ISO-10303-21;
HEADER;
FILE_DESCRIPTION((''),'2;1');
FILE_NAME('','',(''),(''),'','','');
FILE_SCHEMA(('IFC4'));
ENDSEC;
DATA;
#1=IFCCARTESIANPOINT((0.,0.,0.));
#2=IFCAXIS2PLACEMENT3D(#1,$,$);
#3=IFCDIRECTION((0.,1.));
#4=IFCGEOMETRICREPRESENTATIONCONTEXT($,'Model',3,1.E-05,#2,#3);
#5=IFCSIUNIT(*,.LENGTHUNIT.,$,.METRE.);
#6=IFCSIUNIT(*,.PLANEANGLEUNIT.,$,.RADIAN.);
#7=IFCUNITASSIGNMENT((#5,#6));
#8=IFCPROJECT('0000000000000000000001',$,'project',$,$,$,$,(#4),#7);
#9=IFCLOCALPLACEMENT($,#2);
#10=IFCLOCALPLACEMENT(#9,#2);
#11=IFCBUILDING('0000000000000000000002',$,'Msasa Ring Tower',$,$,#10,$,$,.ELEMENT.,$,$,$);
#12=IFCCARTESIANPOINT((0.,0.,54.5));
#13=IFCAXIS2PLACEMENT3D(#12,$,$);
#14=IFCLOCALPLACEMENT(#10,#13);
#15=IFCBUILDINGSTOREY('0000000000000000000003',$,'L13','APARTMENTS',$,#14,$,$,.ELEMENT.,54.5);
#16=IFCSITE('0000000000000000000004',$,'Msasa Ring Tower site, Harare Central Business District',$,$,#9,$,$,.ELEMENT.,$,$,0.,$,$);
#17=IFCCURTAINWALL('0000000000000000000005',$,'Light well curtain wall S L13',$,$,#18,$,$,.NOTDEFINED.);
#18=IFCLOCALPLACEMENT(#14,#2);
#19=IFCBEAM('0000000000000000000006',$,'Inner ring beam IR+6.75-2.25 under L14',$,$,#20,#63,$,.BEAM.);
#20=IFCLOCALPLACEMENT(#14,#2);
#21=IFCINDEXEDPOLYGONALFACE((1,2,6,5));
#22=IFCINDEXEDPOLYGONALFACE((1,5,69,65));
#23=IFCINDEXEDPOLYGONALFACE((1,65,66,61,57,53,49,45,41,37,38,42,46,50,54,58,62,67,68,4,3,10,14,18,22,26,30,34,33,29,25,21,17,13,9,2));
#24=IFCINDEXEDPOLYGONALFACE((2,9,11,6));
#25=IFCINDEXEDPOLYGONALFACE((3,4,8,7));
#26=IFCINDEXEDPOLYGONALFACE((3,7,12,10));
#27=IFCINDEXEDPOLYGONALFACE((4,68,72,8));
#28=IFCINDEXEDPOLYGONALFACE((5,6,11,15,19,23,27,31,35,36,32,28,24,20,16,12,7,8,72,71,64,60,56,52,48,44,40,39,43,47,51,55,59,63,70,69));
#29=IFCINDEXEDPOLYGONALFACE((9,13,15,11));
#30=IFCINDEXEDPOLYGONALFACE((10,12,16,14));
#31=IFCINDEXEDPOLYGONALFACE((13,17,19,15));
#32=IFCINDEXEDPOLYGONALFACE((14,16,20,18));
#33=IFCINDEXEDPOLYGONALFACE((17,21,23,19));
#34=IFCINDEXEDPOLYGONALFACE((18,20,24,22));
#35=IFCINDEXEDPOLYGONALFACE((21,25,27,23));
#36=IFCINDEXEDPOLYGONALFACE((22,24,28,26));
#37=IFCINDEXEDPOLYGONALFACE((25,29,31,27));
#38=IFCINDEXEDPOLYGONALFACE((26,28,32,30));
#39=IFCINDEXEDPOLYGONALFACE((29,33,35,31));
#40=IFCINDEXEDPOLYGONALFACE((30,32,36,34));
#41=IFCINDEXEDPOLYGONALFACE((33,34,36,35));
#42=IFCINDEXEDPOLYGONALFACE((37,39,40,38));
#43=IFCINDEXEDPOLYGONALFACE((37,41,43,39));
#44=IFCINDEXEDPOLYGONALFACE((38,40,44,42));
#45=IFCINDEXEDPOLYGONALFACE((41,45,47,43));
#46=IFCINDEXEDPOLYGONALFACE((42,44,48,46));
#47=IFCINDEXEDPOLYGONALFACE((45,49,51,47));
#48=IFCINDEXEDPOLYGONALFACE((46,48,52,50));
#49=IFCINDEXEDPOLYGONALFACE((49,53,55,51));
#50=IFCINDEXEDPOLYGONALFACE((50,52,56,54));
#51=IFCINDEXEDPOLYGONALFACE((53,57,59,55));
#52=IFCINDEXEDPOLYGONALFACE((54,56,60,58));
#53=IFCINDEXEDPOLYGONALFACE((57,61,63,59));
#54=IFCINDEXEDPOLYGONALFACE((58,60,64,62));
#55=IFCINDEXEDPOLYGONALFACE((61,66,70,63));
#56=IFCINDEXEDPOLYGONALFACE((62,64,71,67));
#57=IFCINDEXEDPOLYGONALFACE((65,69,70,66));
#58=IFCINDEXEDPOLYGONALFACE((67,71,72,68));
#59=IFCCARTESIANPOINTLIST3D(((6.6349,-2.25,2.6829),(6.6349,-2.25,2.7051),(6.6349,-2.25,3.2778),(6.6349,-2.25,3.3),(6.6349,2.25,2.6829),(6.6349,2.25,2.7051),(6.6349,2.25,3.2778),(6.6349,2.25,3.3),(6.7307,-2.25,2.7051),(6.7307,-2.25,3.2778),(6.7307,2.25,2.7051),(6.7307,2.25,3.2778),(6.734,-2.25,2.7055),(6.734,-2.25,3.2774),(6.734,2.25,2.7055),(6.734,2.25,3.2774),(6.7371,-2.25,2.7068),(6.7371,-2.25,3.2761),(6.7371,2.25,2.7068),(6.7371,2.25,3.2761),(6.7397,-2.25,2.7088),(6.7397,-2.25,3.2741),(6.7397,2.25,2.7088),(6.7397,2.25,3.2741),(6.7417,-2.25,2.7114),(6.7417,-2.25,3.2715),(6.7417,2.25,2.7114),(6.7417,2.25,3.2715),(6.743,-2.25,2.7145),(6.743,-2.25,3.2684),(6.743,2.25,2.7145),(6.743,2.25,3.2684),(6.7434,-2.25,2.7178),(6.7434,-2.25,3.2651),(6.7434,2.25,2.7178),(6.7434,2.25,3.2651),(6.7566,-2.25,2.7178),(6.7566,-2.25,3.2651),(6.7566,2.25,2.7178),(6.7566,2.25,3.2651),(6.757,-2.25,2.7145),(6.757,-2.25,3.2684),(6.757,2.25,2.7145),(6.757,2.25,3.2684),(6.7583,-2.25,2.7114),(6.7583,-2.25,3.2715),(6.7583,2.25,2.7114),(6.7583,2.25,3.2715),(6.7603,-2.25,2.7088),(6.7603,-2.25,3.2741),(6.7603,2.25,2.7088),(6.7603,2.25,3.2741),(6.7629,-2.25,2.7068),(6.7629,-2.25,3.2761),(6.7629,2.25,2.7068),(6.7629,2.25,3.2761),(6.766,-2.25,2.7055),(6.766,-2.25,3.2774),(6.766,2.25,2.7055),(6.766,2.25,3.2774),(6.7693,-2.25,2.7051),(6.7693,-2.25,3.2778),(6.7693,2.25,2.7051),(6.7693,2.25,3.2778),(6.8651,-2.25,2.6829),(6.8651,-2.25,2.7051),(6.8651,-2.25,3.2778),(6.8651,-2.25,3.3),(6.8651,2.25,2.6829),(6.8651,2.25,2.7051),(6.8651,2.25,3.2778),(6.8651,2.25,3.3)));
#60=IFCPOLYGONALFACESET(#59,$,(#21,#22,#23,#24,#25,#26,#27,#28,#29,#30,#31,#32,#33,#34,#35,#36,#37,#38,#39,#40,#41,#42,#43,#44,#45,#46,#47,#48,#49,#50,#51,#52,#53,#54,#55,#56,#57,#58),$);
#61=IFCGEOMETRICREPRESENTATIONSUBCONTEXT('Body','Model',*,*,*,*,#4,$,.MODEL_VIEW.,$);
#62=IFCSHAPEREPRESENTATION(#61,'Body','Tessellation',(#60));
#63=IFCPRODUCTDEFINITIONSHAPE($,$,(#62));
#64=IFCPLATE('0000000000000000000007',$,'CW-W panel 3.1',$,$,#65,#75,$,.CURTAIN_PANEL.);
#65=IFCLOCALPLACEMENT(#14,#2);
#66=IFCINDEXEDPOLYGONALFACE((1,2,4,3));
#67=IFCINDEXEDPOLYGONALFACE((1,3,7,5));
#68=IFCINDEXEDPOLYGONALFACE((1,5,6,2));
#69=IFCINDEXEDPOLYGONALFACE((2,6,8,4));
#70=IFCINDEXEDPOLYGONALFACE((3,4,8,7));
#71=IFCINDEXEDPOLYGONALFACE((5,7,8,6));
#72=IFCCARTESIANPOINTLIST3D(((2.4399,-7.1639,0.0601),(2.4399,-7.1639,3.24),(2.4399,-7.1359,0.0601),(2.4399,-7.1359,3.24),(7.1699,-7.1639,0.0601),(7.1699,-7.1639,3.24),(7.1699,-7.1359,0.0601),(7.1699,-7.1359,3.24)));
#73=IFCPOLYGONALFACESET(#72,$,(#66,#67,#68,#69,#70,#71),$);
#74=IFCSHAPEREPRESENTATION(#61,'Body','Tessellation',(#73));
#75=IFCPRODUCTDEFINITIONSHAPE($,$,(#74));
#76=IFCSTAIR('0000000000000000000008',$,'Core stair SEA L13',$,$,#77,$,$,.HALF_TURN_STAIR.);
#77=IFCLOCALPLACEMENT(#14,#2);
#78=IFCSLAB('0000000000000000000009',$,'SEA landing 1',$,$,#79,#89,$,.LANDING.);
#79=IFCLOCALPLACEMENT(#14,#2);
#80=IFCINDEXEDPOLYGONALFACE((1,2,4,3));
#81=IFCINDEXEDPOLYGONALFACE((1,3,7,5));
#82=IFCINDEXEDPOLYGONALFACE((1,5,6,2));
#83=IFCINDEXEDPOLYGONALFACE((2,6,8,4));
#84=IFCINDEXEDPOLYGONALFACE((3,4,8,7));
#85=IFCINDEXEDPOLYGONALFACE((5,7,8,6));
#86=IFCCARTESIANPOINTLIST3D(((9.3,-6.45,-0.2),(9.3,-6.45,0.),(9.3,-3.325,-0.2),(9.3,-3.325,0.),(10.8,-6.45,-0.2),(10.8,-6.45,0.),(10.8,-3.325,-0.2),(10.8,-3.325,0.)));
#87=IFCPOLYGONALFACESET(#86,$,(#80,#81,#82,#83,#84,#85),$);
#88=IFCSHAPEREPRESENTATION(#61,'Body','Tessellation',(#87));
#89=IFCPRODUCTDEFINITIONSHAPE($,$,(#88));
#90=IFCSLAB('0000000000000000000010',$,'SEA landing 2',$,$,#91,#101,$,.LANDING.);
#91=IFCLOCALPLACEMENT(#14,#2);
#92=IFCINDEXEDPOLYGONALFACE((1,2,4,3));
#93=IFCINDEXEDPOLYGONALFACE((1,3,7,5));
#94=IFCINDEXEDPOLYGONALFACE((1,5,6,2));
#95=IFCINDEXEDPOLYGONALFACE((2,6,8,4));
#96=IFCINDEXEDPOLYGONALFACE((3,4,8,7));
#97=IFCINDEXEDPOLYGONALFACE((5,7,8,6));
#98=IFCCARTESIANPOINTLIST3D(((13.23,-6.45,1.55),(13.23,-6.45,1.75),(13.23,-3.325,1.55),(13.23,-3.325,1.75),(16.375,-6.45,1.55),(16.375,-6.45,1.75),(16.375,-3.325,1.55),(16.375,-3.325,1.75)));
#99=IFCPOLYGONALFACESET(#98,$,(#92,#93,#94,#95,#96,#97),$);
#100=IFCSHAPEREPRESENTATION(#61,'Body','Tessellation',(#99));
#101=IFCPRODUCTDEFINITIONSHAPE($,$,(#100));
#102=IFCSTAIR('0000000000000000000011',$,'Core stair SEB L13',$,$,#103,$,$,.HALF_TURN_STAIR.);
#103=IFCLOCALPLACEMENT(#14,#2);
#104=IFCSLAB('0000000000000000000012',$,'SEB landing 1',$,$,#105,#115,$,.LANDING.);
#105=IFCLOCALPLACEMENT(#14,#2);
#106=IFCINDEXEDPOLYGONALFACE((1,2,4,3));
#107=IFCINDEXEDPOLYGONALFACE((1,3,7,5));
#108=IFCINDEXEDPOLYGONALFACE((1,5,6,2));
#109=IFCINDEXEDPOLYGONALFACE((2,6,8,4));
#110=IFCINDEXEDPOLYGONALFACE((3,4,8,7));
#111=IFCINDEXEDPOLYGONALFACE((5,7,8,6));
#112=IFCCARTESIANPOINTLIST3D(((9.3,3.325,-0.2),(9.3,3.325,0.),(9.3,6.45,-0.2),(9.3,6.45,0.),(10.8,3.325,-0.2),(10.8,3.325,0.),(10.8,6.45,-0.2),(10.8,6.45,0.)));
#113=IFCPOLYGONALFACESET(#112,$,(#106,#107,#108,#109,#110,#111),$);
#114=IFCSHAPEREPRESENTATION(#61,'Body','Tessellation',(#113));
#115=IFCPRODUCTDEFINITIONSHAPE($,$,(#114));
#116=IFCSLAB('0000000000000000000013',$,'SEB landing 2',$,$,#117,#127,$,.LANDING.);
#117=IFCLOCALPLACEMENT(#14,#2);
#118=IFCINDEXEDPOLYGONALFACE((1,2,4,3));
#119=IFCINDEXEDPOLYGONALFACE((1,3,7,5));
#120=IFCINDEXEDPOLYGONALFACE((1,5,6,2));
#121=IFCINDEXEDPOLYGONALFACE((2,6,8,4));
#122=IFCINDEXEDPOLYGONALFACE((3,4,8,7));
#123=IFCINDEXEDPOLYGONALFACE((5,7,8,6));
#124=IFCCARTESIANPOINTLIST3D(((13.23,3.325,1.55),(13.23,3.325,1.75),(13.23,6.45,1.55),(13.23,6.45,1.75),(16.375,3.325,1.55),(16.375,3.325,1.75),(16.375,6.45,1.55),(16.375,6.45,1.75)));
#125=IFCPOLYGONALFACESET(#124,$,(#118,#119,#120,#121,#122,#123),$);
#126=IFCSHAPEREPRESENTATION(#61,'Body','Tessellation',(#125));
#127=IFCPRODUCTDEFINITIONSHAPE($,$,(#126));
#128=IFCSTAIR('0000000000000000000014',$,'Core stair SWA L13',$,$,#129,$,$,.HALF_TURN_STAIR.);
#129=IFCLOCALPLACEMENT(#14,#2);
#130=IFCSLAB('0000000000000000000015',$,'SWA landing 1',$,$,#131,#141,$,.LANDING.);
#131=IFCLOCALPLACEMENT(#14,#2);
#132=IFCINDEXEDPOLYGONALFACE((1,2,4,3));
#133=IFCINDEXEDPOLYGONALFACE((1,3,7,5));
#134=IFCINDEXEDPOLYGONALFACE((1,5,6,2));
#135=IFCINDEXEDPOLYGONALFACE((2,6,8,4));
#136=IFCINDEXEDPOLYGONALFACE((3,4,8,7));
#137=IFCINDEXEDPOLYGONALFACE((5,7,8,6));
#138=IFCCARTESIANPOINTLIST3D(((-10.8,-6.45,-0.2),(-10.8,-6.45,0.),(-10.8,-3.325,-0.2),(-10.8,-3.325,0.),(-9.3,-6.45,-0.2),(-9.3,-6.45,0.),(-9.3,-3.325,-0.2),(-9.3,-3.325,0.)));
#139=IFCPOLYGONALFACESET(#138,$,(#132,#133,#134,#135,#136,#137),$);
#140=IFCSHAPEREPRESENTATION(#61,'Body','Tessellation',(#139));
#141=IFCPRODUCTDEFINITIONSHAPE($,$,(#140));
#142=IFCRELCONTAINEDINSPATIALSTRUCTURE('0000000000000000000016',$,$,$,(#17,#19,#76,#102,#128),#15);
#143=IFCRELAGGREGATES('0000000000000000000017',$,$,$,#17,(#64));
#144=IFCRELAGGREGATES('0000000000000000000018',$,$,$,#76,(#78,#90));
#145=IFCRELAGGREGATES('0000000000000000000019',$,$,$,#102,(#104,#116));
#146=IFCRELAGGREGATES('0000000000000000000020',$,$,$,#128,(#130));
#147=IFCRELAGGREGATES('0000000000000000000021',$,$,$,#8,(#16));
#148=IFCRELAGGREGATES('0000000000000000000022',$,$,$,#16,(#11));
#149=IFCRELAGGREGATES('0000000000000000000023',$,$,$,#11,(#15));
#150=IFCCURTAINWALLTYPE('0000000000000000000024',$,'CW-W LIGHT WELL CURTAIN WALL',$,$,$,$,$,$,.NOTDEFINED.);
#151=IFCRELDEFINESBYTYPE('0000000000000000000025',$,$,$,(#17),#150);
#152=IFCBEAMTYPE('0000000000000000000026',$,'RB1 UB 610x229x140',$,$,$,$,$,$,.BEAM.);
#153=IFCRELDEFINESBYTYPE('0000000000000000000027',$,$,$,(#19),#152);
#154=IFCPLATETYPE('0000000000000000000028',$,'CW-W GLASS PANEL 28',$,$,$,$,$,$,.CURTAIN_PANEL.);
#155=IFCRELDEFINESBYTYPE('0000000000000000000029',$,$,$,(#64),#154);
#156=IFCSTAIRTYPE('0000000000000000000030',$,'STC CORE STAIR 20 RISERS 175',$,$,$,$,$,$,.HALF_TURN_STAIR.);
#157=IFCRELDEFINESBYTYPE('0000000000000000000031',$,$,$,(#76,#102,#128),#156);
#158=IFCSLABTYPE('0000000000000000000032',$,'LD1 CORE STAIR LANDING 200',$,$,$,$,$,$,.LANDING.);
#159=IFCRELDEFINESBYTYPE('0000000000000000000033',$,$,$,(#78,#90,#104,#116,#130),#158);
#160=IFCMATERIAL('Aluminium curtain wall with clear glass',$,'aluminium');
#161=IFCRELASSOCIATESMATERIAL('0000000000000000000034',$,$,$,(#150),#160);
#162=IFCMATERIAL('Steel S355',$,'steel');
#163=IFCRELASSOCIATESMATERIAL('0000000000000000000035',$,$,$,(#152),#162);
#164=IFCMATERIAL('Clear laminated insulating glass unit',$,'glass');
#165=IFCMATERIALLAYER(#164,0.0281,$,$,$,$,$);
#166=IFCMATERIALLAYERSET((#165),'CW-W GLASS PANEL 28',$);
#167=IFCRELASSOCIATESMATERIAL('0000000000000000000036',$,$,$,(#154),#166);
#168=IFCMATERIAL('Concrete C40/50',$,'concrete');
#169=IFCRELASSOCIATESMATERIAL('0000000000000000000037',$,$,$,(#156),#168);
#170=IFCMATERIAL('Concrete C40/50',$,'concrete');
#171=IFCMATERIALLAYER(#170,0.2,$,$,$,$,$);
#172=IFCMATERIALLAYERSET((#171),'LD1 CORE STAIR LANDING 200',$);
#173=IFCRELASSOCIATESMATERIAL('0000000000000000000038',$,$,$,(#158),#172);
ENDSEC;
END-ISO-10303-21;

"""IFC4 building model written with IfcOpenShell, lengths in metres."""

from ifc_helpers import new_model, si_unit, direction, frame, origin, origin_2d, place, context, subcontext, project, spatial, polyline, rectangle, i_section, outline, extrude, material, layer, layer_set, material_profile, profile_set, type_object, element, aggregate, save


model = new_model("IFC4")

# Units and contexts
model_context = context("Model", 3, precision=1e-05, world=origin(), true_north=direction((0.0, 1.0)))
body_context = subcontext(model_context, "Body", "Model", "MODEL_VIEW")
ifc_project = project(units=[si_unit("LENGTHUNIT", "METRE"), si_unit("PLANEANGLEUNIT", "RADIAN")], contexts=[model_context])

# Site, building, storey
site_placement = place(None, origin())
site = spatial("IfcSite", under=ifc_project, at=site_placement, Name="Msasa Ring Tower site, Harare Central Business District", CompositionType="ELEMENT", RefElevation=0.0)
building_placement = place(site_placement, origin())
building = spatial("IfcBuilding", under=site, at=building_placement, Name="Msasa Ring Tower", CompositionType="ELEMENT")
storey_placement = place(building_placement, frame((0.0, 0.0, 54.5)))
storey = spatial("IfcBuildingStorey", under=building, at=storey_placement, Name="L13", Description="APARTMENTS", CompositionType="ELEMENT", Elevation=54.5)

# Curtain wall
ifc_material_1 = material(Name="Aluminium curtain wall with clear glass", Category="aluminium")
curtain_wall_type = type_object("IfcCurtainWallType", Name="CW-W LIGHT WELL CURTAIN WALL", PredefinedType="NOTDEFINED", material=ifc_material_1)
curtain_wall_1_placement = place(storey_placement, origin())
curtain_wall_1 = element("IfcCurtainWall", 1, at=curtain_wall_1_placement, inside=storey, type_object=curtain_wall_type, Name="Light well curtain wall S L13", PredefinedType="NOTDEFINED")

# Beam
ifc_material_2 = material(Name="Steel S355", Category="steel")
ifc_material_profile_1 = material_profile(ifc_material_2, i_section(OverallWidth=0.2302, OverallDepth=0.6172, WebThickness=0.0132, FlangeThickness=0.0222, FilletRadius=0.0127, at=origin_2d()), Name="UB 610x229x140")
ifc_profile_set_1 = profile_set([ifc_material_profile_1], Name="Steel S355")
beam_type = type_object("IfcBeamType", Name="RB1 UB 610x229x140", PredefinedType="BEAM", material=ifc_profile_set_1)
for number, where, z_axis, x_axis, name in (
    (2, (6.75, -2.25, 2.9915), (0.0, 1.0, 0.0), (-1.0, 0.0, 0.0), "Inner ring beam IR+6.75-2.25 under L14"),
):
    element("IfcBeam", number, at=place(storey_placement, frame(where, z_axis=z_axis, x_axis=x_axis)), inside=storey, type_object=beam_type, Name=name, PredefinedType="BEAM", context=body_context, shape_type="SweptSolid", body=[
        extrude(i_section(OverallWidth=0.2302, OverallDepth=0.6172, WebThickness=0.0132, FlangeThickness=0.0222, FilletRadius=0.0127, at=origin_2d()), origin(), (0.0, 0.0, 1.0), 4.5),
    ])

# Plate
ifc_material_3 = material(Name="Clear laminated insulating glass unit", Category="glass")
ifc_layer_1 = layer(ifc_material_3, 0.0281)
ifc_layer_set_1 = layer_set([ifc_layer_1], Name="CW-W GLASS PANEL 28")
plate_type = type_object("IfcPlateType", Name="CW-W GLASS PANEL 28", PredefinedType="CURTAIN_PANEL", material=ifc_layer_set_1)
plate_placement = place(storey_placement, frame((4.8049, -7.1499, 0.0601), z_axis=(0.0, 0.0, 1.0), x_axis=(1.0, 0.0, 0.0)))
plate = element("IfcPlate", 3, at=plate_placement, type_object=plate_type, Name="CW-W panel 3.1", PredefinedType="CURTAIN_PANEL", context=body_context, shape_type="SweptSolid", body=[
    extrude(rectangle(XDim=4.73, YDim=0.0281, at=origin_2d()), origin(), (0.0, 0.0, 1.0), 3.1799),
])
aggregate(curtain_wall_1, [plate])

# Stairs, slabs
ifc_material_4 = material(Name="Concrete C40/50", Category="concrete")
stair_type = type_object("IfcStairType", Name="STC CORE STAIR 20 RISERS 175", PredefinedType="HALF_TURN_STAIR", material=ifc_material_4)
stair_1_placement = place(storey_placement, origin())
stair_1 = element("IfcStair", 4, at=stair_1_placement, inside=storey, type_object=stair_type, Name="Core stair SEA L13", PredefinedType="HALF_TURN_STAIR")
ifc_material_5 = material(Name="Concrete C40/50", Category="concrete")
ifc_layer_2 = layer(ifc_material_5, 0.2)
ifc_layer_set_2 = layer_set([ifc_layer_2], Name="LD1 CORE STAIR LANDING 200")
slab_type = type_object("IfcSlabType", Name="LD1 CORE STAIR LANDING 200", PredefinedType="LANDING", material=ifc_layer_set_2)
slab_1_placement = place(storey_placement, frame((0.0, 0.0, -0.2)))
slab_1 = element("IfcSlab", 5, at=slab_1_placement, type_object=slab_type, Name="SEA landing 1", PredefinedType="LANDING", context=body_context, shape_type="SweptSolid", body=[
    extrude(outline(polyline([(9.3, -6.45), (10.8, -6.45), (10.8, -3.325), (9.3, -3.325), (9.3, -6.45)])), origin(), (0.0, 0.0, 1.0), 0.2),
])
slab_2_placement = place(storey_placement, frame((0.0, 0.0, 1.55)))
slab_2 = element("IfcSlab", 6, at=slab_2_placement, type_object=slab_type, Name="SEA landing 2", PredefinedType="LANDING", context=body_context, shape_type="SweptSolid", body=[
    extrude(outline(polyline([(13.23, -6.45), (16.375, -6.45), (16.375, -3.325), (13.23, -3.325), (13.23, -6.45)])), origin(), (0.0, 0.0, 1.0), 0.2),
])
aggregate(stair_1, [slab_1, slab_2])
stair_2_placement = place(storey_placement, origin())
stair_2 = element("IfcStair", 7, at=stair_2_placement, inside=storey, type_object=stair_type, Name="Core stair SEB L13", PredefinedType="HALF_TURN_STAIR")
slab_3_placement = place(storey_placement, frame((0.0, 0.0, -0.2)))
slab_3 = element("IfcSlab", 8, at=slab_3_placement, type_object=slab_type, Name="SEB landing 1", PredefinedType="LANDING", context=body_context, shape_type="SweptSolid", body=[
    extrude(outline(polyline([(9.3, 3.325), (10.8, 3.325), (10.8, 6.45), (9.3, 6.45), (9.3, 3.325)])), origin(), (0.0, 0.0, 1.0), 0.2),
])
slab_4_placement = place(storey_placement, frame((0.0, 0.0, 1.55)))
slab_4 = element("IfcSlab", 9, at=slab_4_placement, type_object=slab_type, Name="SEB landing 2", PredefinedType="LANDING", context=body_context, shape_type="SweptSolid", body=[
    extrude(outline(polyline([(13.23, 3.325), (16.375, 3.325), (16.375, 6.45), (13.23, 6.45), (13.23, 3.325)])), origin(), (0.0, 0.0, 1.0), 0.2),
])
aggregate(stair_2, [slab_3, slab_4])

# Stair, slab
stair_3_placement = place(storey_placement, origin())
stair_3 = element("IfcStair", 10, at=stair_3_placement, inside=storey, type_object=stair_type, Name="Core stair SWA L13", PredefinedType="HALF_TURN_STAIR")
slab_5_placement = place(storey_placement, frame((0.0, 0.0, -0.2)))
slab_5 = element("IfcSlab", 11, at=slab_5_placement, type_object=slab_type, Name="SWA landing 1", PredefinedType="LANDING", context=body_context, shape_type="SweptSolid", body=[
    extrude(outline(polyline([(-10.8, -6.45), (-9.3, -6.45), (-9.3, -3.325), (-10.8, -3.325), (-10.8, -6.45)])), origin(), (0.0, 0.0, 1.0), 0.2),
])
aggregate(stair_3, [slab_5])

save(model, "model.ifc")
